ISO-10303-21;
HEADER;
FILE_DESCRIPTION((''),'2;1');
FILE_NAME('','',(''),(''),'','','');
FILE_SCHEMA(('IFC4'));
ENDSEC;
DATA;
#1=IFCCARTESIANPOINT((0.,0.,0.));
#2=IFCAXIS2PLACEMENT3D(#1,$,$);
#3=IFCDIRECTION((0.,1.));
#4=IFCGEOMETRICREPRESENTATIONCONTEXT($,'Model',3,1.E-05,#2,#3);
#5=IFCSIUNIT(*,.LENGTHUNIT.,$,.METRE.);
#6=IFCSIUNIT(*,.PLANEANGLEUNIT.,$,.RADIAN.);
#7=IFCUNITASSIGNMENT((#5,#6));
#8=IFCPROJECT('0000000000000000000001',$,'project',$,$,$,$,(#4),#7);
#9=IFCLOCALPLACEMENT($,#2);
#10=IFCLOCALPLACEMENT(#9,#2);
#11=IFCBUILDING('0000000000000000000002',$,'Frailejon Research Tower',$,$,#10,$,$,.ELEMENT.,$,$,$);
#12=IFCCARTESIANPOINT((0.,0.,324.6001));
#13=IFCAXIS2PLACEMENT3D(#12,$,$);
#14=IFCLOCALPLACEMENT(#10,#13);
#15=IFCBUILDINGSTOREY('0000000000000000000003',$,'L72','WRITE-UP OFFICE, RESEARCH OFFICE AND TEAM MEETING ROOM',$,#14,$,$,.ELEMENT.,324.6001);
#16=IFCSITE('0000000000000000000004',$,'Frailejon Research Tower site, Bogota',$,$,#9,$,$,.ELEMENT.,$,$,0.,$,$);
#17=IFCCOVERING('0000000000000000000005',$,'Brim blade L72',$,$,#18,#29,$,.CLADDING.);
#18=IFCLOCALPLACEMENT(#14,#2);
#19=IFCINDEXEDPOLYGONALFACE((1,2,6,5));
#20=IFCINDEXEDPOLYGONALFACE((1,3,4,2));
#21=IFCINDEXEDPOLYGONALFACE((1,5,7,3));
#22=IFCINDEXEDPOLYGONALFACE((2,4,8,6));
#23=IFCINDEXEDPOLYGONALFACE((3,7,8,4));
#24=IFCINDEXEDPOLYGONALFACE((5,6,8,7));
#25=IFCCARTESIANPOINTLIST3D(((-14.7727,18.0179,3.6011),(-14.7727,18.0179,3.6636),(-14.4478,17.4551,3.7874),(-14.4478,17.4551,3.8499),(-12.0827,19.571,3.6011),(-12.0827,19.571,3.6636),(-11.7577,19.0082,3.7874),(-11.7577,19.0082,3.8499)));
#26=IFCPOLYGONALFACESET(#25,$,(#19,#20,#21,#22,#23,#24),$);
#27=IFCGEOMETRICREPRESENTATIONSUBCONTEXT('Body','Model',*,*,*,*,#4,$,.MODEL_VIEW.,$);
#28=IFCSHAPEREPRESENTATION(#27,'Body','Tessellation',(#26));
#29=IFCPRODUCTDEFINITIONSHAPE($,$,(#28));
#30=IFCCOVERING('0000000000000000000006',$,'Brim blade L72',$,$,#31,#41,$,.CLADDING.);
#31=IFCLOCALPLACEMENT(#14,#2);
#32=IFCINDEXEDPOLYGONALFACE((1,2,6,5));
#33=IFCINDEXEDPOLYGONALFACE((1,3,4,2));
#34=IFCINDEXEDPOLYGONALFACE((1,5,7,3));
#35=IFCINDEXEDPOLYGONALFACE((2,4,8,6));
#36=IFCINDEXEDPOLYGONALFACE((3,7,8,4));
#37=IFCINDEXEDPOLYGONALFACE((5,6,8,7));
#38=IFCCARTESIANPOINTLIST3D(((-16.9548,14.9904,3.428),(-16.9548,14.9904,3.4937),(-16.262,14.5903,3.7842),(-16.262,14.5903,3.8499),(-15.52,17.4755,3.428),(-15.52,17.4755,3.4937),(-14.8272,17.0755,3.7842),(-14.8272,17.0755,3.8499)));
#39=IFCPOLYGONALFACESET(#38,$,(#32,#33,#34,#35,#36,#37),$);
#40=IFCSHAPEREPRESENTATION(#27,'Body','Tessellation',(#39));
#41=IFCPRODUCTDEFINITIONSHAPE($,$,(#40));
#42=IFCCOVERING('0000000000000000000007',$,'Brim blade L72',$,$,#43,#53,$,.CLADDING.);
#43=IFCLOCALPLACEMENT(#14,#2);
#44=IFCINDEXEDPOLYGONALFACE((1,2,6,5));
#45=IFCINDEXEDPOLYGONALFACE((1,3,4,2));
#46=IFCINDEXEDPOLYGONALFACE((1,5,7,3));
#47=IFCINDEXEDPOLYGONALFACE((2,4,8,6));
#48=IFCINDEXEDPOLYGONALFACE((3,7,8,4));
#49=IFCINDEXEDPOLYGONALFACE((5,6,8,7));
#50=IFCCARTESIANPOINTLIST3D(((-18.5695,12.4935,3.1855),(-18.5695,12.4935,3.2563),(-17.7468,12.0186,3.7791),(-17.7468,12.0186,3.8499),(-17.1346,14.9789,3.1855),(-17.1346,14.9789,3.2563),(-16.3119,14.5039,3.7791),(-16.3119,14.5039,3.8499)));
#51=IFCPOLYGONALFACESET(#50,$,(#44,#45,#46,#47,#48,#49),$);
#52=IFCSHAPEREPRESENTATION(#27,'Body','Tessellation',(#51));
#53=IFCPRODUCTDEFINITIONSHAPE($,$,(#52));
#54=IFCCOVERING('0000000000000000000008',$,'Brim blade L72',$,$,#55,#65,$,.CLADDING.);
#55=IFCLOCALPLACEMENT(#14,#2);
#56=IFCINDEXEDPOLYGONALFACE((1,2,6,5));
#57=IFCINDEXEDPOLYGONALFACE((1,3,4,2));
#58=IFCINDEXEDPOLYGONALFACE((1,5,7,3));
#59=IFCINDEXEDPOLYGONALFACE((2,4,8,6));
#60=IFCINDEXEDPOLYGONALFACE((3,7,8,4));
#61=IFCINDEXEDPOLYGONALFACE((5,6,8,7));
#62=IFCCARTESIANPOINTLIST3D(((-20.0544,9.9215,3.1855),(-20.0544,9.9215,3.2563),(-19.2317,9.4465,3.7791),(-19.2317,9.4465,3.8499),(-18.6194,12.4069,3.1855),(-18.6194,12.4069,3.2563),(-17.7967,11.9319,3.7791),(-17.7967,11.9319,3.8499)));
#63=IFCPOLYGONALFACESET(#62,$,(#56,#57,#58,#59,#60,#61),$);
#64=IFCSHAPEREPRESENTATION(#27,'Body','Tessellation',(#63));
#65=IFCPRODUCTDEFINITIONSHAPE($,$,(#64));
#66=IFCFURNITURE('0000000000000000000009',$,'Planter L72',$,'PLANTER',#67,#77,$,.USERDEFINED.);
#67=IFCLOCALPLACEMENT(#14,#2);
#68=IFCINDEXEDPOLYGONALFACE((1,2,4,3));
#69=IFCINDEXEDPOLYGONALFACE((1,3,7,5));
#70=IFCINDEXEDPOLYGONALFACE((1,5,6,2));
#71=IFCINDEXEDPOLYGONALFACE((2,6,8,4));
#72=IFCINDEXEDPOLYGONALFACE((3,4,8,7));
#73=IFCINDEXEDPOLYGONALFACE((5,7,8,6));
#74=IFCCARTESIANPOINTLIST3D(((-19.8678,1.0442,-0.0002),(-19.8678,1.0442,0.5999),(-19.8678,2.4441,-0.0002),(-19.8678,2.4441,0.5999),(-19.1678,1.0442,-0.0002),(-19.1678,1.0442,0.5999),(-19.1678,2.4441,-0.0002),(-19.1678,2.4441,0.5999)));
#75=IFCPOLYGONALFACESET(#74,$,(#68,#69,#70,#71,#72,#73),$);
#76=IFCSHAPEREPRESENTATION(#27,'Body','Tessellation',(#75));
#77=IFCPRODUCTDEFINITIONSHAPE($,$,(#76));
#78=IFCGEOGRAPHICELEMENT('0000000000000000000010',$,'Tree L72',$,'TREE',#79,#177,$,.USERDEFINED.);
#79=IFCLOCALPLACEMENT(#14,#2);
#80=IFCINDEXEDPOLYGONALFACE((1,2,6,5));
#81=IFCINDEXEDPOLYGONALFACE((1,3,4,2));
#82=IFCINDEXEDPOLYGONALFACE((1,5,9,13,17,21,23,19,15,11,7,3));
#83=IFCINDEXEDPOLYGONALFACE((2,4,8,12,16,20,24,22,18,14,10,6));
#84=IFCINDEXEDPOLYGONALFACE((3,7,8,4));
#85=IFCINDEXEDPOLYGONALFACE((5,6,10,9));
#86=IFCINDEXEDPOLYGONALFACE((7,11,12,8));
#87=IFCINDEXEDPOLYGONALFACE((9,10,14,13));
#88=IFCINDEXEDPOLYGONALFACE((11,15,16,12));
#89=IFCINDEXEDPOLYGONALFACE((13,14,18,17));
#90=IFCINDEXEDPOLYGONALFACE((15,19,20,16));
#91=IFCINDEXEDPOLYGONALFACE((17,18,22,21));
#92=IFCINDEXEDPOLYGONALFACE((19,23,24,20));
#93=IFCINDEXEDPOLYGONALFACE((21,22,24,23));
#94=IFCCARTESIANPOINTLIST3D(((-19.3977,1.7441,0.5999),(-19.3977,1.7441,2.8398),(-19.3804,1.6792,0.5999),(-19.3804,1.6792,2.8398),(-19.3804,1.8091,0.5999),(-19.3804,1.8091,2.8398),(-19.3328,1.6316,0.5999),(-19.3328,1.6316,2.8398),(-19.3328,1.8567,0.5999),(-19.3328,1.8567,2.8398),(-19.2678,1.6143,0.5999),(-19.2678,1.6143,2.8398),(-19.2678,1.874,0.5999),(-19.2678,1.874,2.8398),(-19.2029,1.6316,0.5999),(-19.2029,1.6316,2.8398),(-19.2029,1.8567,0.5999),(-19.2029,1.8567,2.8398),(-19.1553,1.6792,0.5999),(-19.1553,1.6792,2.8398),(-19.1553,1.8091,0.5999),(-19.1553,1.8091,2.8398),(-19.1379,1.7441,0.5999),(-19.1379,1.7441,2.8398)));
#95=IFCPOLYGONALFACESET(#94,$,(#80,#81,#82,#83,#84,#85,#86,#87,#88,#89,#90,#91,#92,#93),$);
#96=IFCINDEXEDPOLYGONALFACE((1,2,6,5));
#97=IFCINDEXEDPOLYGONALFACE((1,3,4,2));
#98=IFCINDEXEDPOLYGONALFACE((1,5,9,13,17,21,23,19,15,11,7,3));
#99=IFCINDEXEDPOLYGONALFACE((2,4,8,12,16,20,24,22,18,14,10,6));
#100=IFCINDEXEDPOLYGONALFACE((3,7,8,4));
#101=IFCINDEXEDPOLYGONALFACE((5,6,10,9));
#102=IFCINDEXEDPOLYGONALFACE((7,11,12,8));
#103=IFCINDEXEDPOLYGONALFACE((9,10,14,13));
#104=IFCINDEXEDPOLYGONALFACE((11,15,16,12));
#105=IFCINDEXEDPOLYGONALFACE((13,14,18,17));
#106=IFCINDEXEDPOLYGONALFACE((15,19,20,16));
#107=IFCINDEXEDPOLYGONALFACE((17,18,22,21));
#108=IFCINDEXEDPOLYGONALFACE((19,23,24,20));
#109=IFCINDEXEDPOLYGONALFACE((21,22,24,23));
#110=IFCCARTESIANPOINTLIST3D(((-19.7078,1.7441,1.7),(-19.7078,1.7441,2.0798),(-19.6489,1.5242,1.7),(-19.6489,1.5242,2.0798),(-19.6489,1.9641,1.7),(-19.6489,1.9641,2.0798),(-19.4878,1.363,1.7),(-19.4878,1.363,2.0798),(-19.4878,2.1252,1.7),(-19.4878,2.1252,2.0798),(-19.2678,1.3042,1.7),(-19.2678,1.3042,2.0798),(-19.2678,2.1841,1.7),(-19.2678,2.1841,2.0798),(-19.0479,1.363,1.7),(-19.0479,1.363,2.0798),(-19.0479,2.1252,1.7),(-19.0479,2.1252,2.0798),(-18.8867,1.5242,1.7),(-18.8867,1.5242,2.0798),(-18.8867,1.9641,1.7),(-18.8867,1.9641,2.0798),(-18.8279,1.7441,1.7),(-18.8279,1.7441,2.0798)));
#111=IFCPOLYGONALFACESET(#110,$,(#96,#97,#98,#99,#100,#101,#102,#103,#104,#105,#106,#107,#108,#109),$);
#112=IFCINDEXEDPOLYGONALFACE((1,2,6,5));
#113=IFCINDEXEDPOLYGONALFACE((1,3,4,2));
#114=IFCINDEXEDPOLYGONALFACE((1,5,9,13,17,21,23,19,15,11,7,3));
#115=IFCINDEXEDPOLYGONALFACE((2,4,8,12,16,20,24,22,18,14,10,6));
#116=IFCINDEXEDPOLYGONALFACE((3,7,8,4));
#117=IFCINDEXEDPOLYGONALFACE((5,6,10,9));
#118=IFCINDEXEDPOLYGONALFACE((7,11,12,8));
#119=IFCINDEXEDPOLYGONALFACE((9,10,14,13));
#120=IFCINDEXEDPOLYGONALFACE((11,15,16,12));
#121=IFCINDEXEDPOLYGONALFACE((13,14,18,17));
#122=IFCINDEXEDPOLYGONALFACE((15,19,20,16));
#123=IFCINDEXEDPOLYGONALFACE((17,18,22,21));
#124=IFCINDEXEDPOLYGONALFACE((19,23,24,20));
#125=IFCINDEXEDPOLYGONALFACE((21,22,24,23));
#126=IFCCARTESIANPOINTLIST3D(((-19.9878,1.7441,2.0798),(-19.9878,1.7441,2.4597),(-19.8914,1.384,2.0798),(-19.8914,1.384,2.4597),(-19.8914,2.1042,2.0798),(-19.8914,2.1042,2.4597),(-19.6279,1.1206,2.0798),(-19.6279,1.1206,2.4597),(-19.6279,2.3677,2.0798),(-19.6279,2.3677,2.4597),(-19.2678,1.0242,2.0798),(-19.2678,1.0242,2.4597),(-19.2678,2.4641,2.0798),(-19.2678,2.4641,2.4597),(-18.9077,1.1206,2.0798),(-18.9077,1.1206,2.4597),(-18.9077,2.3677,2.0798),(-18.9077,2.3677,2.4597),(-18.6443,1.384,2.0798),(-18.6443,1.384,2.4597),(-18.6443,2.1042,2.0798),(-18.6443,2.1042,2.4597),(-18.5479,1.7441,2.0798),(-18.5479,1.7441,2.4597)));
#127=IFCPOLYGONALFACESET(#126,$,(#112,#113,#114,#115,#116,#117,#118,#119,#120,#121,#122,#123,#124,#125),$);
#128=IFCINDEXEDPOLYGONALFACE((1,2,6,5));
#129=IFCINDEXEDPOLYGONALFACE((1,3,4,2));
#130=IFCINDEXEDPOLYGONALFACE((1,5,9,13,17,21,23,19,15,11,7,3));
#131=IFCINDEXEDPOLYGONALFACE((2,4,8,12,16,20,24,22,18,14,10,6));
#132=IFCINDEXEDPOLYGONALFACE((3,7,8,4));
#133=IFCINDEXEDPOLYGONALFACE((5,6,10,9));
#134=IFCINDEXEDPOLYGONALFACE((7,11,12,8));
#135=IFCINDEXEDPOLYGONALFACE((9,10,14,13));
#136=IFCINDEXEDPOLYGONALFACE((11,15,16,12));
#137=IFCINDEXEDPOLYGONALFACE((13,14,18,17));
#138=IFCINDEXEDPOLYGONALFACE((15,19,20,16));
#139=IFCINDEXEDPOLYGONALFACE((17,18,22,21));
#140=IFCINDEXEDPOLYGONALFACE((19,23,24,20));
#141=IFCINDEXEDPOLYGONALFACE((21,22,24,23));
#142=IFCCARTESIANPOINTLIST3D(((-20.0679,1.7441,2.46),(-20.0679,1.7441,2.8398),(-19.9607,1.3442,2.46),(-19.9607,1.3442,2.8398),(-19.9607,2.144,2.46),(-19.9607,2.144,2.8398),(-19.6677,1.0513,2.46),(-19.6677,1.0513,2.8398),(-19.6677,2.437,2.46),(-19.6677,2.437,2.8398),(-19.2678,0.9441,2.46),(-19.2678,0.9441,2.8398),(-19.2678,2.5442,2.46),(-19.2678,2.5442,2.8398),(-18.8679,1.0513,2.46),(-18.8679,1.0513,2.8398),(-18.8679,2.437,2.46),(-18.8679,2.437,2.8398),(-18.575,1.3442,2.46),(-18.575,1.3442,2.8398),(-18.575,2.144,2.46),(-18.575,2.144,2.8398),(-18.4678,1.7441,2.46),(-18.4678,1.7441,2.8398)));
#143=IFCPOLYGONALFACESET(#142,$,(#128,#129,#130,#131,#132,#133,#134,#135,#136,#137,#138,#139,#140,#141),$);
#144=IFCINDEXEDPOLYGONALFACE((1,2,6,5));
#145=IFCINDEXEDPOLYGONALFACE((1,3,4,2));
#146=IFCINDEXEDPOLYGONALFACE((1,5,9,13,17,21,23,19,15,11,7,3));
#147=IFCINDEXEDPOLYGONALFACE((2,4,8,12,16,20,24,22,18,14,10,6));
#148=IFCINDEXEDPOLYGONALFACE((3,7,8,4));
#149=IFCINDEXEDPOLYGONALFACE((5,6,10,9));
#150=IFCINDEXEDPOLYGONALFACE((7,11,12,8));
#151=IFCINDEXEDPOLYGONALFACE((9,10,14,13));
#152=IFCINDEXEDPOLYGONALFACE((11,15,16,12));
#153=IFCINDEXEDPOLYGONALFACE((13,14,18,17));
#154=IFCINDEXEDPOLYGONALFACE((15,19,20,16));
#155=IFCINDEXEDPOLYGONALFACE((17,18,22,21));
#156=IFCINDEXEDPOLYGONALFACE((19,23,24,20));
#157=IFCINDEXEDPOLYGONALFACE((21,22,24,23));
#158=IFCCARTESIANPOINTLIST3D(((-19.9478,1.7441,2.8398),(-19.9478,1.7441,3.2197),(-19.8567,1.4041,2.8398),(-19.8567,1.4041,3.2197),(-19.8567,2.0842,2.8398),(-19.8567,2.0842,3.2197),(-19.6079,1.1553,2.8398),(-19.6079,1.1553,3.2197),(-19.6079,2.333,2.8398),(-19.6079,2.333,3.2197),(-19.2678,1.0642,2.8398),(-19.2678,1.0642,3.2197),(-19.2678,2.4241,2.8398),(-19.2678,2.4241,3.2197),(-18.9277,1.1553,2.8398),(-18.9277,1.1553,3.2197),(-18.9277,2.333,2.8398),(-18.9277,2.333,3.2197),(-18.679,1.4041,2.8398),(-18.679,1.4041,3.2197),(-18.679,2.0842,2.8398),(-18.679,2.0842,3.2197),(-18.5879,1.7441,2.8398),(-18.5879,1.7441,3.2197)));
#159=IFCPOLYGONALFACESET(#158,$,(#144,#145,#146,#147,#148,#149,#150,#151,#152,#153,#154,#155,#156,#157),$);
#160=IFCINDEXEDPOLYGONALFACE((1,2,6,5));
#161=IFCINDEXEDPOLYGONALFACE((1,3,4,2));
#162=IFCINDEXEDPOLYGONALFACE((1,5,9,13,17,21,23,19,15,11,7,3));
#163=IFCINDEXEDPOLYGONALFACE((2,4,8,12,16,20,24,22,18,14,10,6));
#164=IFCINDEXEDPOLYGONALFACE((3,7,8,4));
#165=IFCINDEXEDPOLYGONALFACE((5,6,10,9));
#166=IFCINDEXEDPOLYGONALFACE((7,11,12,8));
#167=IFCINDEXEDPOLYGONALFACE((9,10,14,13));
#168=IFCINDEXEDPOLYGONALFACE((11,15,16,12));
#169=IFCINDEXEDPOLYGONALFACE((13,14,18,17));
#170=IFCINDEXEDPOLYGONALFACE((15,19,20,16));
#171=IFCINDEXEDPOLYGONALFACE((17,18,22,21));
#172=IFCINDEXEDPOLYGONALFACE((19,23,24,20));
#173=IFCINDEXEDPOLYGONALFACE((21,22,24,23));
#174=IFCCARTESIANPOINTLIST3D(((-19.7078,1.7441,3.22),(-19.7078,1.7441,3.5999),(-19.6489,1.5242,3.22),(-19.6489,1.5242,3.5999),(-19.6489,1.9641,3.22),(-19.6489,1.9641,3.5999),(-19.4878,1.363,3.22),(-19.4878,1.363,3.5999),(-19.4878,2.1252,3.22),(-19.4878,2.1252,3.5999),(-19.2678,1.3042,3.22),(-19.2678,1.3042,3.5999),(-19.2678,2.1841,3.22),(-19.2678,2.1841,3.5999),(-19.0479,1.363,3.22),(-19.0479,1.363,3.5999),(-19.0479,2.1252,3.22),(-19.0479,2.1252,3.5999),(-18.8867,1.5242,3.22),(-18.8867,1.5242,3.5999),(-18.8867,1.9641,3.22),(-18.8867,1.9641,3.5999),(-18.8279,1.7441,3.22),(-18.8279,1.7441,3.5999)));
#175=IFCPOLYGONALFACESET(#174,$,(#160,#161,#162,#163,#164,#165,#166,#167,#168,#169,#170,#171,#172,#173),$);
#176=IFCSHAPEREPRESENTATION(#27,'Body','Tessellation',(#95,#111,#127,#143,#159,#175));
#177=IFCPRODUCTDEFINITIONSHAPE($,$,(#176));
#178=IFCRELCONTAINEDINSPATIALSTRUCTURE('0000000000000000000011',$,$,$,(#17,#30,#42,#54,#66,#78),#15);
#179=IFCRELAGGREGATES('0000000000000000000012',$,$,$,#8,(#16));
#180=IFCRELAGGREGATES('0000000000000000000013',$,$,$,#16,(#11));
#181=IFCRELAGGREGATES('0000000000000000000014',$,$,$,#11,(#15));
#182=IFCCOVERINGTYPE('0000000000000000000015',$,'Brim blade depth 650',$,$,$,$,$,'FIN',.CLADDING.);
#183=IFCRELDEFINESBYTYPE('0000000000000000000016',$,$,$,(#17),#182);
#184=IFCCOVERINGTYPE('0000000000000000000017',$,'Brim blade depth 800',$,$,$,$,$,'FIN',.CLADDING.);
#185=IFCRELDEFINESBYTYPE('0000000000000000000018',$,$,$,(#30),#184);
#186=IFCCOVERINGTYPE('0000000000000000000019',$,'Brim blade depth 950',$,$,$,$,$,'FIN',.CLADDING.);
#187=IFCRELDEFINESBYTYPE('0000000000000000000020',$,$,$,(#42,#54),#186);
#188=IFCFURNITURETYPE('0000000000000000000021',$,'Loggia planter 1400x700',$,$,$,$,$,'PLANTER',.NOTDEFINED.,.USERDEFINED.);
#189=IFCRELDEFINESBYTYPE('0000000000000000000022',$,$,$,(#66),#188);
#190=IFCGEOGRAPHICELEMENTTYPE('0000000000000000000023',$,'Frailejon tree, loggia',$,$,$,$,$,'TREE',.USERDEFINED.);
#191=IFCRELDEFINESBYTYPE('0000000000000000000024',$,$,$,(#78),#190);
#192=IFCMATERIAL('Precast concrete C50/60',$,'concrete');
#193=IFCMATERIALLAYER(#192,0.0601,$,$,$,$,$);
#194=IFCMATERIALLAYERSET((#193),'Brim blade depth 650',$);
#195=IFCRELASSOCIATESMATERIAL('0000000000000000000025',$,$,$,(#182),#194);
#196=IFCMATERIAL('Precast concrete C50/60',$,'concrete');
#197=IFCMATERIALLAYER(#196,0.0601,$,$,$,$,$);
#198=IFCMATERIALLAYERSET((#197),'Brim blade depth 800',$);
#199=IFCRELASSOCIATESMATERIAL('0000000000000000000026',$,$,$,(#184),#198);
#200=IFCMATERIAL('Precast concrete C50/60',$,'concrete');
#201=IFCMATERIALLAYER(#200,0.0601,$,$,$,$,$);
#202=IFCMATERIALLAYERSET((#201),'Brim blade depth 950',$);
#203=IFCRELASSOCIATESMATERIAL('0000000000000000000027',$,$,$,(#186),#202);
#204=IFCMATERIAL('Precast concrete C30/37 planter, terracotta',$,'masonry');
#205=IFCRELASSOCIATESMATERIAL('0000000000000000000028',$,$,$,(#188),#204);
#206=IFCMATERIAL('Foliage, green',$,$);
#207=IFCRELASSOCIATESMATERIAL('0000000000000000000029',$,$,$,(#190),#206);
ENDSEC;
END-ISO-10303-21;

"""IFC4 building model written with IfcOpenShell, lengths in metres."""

from ifc_helpers import new_model, si_unit, direction, frame, origin, origin_2d, place, context, subcontext, project, spatial, polyline, rectangle, outline, extrude, material, layer, layer_set, type_object, element, save


model = new_model("IFC4")

# Units and contexts
model_context = context("Model", 3, precision=1e-05, world=origin(), true_north=direction((0.0, 1.0)))
body_context = subcontext(model_context, "Body", "Model", "MODEL_VIEW")
ifc_project = project(units=[si_unit("LENGTHUNIT", "METRE"), si_unit("PLANEANGLEUNIT", "RADIAN")], contexts=[model_context])

# Site, building, storey
site_placement = place(None, origin())
site = spatial("IfcSite", under=ifc_project, at=site_placement, Name="Frailejon Research Tower site, Bogota", CompositionType="ELEMENT", RefElevation=0.0)
building_placement = place(site_placement, origin())
building = spatial("IfcBuilding", under=site, at=building_placement, Name="Frailejon Research Tower", CompositionType="ELEMENT")
storey_placement = place(building_placement, frame((0.0, 0.0, 324.6001)))
storey = spatial("IfcBuildingStorey", under=building, at=storey_placement, Name="L72", Description="WRITE-UP OFFICE, RESEARCH OFFICE AND TEAM MEETING ROOM", CompositionType="ELEMENT", Elevation=324.6001)

# Coverings
ifc_material_1 = material(Name="Precast concrete C50/60", Category="concrete")
ifc_layer_1 = layer(ifc_material_1, 0.0601)
ifc_layer_set_1 = layer_set([ifc_layer_1], Name="Brim blade depth 650")
covering_type_1 = type_object("IfcCoveringType", Name="Brim blade depth 650", ElementType="FIN", PredefinedType="CLADDING", material=ifc_layer_set_1)
covering_1_placement = place(storey_placement, frame((-14.4478, 17.4551, 3.8499), z_axis=(0.866021, 0.500007, 0.0), x_axis=(-0.500007, 0.866021, 0.0)))
element("IfcCovering", 1, at=covering_1_placement, inside=storey, type_object=covering_type_1, Name="Brim blade L72", PredefinedType="CLADDING", context=body_context, shape_type="SweptSolid", body=[
    extrude(outline(polyline([(0.0, -0.0625), (0.6499, -0.2488), (0.6499, -0.1863), (0.0, 0.0), (0.0, -0.0625)])), origin(), (0.0, 0.0, 1.0), 3.1062),
])
ifc_material_2 = material(Name="Precast concrete C50/60", Category="concrete")
ifc_layer_2 = layer(ifc_material_2, 0.0601)
ifc_layer_set_2 = layer_set([ifc_layer_2], Name="Brim blade depth 800")
covering_type_2 = type_object("IfcCoveringType", Name="Brim blade depth 800", ElementType="FIN", PredefinedType="CLADDING", material=ifc_layer_set_2)
covering_2_placement = place(storey_placement, frame((-16.262, 14.5903, 3.8499), z_axis=(0.499993, 0.86603, 0.0), x_axis=(-0.86603, 0.499993, 0.0)))
element("IfcCovering", 2, at=covering_2_placement, inside=storey, type_object=covering_type_2, Name="Brim blade L72", PredefinedType="CLADDING", context=body_context, shape_type="SweptSolid", body=[
    extrude(outline(polyline([(0.0, -0.0657), (0.8, -0.4219), (0.8, -0.3562), (0.0, 0.0), (0.0, -0.0657)])), origin(), (0.0, 0.0, 1.0), 2.8696),
])
ifc_material_3 = material(Name="Precast concrete C50/60", Category="concrete")
ifc_layer_3 = layer(ifc_material_3, 0.0601)
ifc_layer_set_3 = layer_set([ifc_layer_3], Name="Brim blade depth 950")
covering_type_3 = type_object("IfcCoveringType", Name="Brim blade depth 950", ElementType="FIN", PredefinedType="CLADDING", material=ifc_layer_set_3)
for number, where, z_axis, x_axis, name in (
    (3, (-17.7468, 12.0186, 3.8499), (0.500003, 0.866024, 0.0), (-0.866024, 0.500003, 0.0), "Brim blade L72"),
    (4, (-19.2317, 9.4465, 3.8499), (0.500003, 0.866024, 0.0), (-0.866024, 0.500003, 0.0), "Brim blade L72"),
):
    element("IfcCovering", number, at=place(storey_placement, frame(where, z_axis=z_axis, x_axis=x_axis)), inside=storey, type_object=covering_type_3, Name=name, PredefinedType="CLADDING", context=body_context, shape_type="SweptSolid", body=[
        extrude(outline(polyline([(0.0, -0.0708), (0.95, -0.6643), (0.95, -0.5935), (0.0, 0.0), (0.0, -0.0708)])), origin(), (0.0, 0.0, 1.0), 2.8699),
    ])

# Furniture
ifc_material_4 = material(Name="Precast concrete C30/37 planter, terracotta", Category="masonry")
furniture_type = type_object("IfcFurnitureType", Name="Loggia planter 1400x700", ElementType="PLANTER", AssemblyPlace="NOTDEFINED", PredefinedType="USERDEFINED", material=ifc_material_4)
furniture_placement = place(storey_placement, frame((-19.5178, 1.7441, -0.0002), z_axis=(0.0, 0.0, 1.0), x_axis=(0.0, -1.0, 0.0)))
element("IfcFurniture", 5, at=furniture_placement, inside=storey, type_object=furniture_type, Name="Planter L72", ObjectType="PLANTER", PredefinedType="USERDEFINED", context=body_context, shape_type="SweptSolid", body=[
    extrude(rectangle(XDim=1.3999, YDim=0.7, at=origin_2d()), origin(), (0.0, 0.0, 1.0), 0.6001),
])

# Geographic element
ifc_material_5 = material(Name="Foliage, green")
geographic_element_type = type_object("IfcGeographicElementType", Name="Frailejon tree, loggia", ElementType="TREE", PredefinedType="USERDEFINED", material=ifc_material_5)
geographic_element_placement = place(storey_placement, frame((-19.2678, 1.7441, 0.5999)))
element("IfcGeographicElement", 6, at=geographic_element_placement, inside=storey, type_object=geographic_element_type, Name="Tree L72", ObjectType="TREE", PredefinedType="USERDEFINED", context=body_context, shape_type="SweptSolid", body=[
    extrude(outline(polyline([(0.1299, 0.0), (0.1125, 0.0649), (0.0649, 0.1125), (0.0, 0.1299), (-0.0649, 0.1125), (-0.1125, 0.0649), (-0.1299, 0.0), (-0.1125, -0.0649), (-0.0649, -0.1125), (0.0, -0.1299), (0.0649, -0.1125), (0.1125, -0.0649), (0.1299, 0.0)])), origin(), (0.0, 0.0, 1.0), 2.24),
    extrude(outline(polyline([(0.4399, 0.0), (0.3811, 0.22), (0.22, 0.3811), (0.0, 0.4399), (-0.22, 0.3811), (-0.3811, 0.22), (-0.4399, 0.0), (-0.3811, -0.22), (-0.22, -0.3811), (0.0, -0.4399), (0.22, -0.3811), (0.3811, -0.22), (0.4399, 0.0)])), frame((0.0, 0.0, 1.1001)), (0.0, 0.0, 1.0), 0.3799),
    extrude(outline(polyline([(0.72, 0.0), (0.6235, 0.3601), (0.3601, 0.6235), (0.0, 0.72), (-0.3601, 0.6235), (-0.6235, 0.3601), (-0.72, 0.0), (-0.6235, -0.3601), (-0.3601, -0.6235), (0.0, -0.72), (0.3601, -0.6235), (0.6235, -0.3601), (0.72, 0.0)])), frame((0.0, 0.0, 1.48)), (0.0, 0.0, 1.0), 0.3799),
    extrude(outline(polyline([(0.8, 0.0), (0.6929, 0.3999), (0.3999, 0.6929), (0.0, 0.8), (-0.3999, 0.6929), (-0.6929, 0.3999), (-0.8, 0.0), (-0.6929, -0.3999), (-0.3999, -0.6929), (0.0, -0.8), (0.3999, -0.6929), (0.6929, -0.3999), (0.8, 0.0)])), frame((0.0, 0.0, 1.8601)), (0.0, 0.0, 1.0), 0.3799),
    extrude(outline(polyline([(0.6799, 0.0), (0.5889, 0.3401), (0.3401, 0.5889), (0.0, 0.6799), (-0.3401, 0.5889), (-0.5889, 0.3401), (-0.6799, 0.0), (-0.5889, -0.3401), (-0.3401, -0.5889), (0.0, -0.6799), (0.3401, -0.5889), (0.5889, -0.3401), (0.6799, 0.0)])), frame((0.0, 0.0, 2.24)), (0.0, 0.0, 1.0), 0.3799),
    extrude(outline(polyline([(0.4399, 0.0), (0.3811, 0.22), (0.22, 0.3811), (0.0, 0.4399), (-0.22, 0.3811), (-0.3811, 0.22), (-0.4399, 0.0), (-0.3811, -0.22), (-0.22, -0.3811), (0.0, -0.4399), (0.22, -0.3811), (0.3811, -0.22), (0.4399, 0.0)])), frame((0.0, 0.0, 2.6201)), (0.0, 0.0, 1.0), 0.3799),
])

save(model, "model.ifc")
